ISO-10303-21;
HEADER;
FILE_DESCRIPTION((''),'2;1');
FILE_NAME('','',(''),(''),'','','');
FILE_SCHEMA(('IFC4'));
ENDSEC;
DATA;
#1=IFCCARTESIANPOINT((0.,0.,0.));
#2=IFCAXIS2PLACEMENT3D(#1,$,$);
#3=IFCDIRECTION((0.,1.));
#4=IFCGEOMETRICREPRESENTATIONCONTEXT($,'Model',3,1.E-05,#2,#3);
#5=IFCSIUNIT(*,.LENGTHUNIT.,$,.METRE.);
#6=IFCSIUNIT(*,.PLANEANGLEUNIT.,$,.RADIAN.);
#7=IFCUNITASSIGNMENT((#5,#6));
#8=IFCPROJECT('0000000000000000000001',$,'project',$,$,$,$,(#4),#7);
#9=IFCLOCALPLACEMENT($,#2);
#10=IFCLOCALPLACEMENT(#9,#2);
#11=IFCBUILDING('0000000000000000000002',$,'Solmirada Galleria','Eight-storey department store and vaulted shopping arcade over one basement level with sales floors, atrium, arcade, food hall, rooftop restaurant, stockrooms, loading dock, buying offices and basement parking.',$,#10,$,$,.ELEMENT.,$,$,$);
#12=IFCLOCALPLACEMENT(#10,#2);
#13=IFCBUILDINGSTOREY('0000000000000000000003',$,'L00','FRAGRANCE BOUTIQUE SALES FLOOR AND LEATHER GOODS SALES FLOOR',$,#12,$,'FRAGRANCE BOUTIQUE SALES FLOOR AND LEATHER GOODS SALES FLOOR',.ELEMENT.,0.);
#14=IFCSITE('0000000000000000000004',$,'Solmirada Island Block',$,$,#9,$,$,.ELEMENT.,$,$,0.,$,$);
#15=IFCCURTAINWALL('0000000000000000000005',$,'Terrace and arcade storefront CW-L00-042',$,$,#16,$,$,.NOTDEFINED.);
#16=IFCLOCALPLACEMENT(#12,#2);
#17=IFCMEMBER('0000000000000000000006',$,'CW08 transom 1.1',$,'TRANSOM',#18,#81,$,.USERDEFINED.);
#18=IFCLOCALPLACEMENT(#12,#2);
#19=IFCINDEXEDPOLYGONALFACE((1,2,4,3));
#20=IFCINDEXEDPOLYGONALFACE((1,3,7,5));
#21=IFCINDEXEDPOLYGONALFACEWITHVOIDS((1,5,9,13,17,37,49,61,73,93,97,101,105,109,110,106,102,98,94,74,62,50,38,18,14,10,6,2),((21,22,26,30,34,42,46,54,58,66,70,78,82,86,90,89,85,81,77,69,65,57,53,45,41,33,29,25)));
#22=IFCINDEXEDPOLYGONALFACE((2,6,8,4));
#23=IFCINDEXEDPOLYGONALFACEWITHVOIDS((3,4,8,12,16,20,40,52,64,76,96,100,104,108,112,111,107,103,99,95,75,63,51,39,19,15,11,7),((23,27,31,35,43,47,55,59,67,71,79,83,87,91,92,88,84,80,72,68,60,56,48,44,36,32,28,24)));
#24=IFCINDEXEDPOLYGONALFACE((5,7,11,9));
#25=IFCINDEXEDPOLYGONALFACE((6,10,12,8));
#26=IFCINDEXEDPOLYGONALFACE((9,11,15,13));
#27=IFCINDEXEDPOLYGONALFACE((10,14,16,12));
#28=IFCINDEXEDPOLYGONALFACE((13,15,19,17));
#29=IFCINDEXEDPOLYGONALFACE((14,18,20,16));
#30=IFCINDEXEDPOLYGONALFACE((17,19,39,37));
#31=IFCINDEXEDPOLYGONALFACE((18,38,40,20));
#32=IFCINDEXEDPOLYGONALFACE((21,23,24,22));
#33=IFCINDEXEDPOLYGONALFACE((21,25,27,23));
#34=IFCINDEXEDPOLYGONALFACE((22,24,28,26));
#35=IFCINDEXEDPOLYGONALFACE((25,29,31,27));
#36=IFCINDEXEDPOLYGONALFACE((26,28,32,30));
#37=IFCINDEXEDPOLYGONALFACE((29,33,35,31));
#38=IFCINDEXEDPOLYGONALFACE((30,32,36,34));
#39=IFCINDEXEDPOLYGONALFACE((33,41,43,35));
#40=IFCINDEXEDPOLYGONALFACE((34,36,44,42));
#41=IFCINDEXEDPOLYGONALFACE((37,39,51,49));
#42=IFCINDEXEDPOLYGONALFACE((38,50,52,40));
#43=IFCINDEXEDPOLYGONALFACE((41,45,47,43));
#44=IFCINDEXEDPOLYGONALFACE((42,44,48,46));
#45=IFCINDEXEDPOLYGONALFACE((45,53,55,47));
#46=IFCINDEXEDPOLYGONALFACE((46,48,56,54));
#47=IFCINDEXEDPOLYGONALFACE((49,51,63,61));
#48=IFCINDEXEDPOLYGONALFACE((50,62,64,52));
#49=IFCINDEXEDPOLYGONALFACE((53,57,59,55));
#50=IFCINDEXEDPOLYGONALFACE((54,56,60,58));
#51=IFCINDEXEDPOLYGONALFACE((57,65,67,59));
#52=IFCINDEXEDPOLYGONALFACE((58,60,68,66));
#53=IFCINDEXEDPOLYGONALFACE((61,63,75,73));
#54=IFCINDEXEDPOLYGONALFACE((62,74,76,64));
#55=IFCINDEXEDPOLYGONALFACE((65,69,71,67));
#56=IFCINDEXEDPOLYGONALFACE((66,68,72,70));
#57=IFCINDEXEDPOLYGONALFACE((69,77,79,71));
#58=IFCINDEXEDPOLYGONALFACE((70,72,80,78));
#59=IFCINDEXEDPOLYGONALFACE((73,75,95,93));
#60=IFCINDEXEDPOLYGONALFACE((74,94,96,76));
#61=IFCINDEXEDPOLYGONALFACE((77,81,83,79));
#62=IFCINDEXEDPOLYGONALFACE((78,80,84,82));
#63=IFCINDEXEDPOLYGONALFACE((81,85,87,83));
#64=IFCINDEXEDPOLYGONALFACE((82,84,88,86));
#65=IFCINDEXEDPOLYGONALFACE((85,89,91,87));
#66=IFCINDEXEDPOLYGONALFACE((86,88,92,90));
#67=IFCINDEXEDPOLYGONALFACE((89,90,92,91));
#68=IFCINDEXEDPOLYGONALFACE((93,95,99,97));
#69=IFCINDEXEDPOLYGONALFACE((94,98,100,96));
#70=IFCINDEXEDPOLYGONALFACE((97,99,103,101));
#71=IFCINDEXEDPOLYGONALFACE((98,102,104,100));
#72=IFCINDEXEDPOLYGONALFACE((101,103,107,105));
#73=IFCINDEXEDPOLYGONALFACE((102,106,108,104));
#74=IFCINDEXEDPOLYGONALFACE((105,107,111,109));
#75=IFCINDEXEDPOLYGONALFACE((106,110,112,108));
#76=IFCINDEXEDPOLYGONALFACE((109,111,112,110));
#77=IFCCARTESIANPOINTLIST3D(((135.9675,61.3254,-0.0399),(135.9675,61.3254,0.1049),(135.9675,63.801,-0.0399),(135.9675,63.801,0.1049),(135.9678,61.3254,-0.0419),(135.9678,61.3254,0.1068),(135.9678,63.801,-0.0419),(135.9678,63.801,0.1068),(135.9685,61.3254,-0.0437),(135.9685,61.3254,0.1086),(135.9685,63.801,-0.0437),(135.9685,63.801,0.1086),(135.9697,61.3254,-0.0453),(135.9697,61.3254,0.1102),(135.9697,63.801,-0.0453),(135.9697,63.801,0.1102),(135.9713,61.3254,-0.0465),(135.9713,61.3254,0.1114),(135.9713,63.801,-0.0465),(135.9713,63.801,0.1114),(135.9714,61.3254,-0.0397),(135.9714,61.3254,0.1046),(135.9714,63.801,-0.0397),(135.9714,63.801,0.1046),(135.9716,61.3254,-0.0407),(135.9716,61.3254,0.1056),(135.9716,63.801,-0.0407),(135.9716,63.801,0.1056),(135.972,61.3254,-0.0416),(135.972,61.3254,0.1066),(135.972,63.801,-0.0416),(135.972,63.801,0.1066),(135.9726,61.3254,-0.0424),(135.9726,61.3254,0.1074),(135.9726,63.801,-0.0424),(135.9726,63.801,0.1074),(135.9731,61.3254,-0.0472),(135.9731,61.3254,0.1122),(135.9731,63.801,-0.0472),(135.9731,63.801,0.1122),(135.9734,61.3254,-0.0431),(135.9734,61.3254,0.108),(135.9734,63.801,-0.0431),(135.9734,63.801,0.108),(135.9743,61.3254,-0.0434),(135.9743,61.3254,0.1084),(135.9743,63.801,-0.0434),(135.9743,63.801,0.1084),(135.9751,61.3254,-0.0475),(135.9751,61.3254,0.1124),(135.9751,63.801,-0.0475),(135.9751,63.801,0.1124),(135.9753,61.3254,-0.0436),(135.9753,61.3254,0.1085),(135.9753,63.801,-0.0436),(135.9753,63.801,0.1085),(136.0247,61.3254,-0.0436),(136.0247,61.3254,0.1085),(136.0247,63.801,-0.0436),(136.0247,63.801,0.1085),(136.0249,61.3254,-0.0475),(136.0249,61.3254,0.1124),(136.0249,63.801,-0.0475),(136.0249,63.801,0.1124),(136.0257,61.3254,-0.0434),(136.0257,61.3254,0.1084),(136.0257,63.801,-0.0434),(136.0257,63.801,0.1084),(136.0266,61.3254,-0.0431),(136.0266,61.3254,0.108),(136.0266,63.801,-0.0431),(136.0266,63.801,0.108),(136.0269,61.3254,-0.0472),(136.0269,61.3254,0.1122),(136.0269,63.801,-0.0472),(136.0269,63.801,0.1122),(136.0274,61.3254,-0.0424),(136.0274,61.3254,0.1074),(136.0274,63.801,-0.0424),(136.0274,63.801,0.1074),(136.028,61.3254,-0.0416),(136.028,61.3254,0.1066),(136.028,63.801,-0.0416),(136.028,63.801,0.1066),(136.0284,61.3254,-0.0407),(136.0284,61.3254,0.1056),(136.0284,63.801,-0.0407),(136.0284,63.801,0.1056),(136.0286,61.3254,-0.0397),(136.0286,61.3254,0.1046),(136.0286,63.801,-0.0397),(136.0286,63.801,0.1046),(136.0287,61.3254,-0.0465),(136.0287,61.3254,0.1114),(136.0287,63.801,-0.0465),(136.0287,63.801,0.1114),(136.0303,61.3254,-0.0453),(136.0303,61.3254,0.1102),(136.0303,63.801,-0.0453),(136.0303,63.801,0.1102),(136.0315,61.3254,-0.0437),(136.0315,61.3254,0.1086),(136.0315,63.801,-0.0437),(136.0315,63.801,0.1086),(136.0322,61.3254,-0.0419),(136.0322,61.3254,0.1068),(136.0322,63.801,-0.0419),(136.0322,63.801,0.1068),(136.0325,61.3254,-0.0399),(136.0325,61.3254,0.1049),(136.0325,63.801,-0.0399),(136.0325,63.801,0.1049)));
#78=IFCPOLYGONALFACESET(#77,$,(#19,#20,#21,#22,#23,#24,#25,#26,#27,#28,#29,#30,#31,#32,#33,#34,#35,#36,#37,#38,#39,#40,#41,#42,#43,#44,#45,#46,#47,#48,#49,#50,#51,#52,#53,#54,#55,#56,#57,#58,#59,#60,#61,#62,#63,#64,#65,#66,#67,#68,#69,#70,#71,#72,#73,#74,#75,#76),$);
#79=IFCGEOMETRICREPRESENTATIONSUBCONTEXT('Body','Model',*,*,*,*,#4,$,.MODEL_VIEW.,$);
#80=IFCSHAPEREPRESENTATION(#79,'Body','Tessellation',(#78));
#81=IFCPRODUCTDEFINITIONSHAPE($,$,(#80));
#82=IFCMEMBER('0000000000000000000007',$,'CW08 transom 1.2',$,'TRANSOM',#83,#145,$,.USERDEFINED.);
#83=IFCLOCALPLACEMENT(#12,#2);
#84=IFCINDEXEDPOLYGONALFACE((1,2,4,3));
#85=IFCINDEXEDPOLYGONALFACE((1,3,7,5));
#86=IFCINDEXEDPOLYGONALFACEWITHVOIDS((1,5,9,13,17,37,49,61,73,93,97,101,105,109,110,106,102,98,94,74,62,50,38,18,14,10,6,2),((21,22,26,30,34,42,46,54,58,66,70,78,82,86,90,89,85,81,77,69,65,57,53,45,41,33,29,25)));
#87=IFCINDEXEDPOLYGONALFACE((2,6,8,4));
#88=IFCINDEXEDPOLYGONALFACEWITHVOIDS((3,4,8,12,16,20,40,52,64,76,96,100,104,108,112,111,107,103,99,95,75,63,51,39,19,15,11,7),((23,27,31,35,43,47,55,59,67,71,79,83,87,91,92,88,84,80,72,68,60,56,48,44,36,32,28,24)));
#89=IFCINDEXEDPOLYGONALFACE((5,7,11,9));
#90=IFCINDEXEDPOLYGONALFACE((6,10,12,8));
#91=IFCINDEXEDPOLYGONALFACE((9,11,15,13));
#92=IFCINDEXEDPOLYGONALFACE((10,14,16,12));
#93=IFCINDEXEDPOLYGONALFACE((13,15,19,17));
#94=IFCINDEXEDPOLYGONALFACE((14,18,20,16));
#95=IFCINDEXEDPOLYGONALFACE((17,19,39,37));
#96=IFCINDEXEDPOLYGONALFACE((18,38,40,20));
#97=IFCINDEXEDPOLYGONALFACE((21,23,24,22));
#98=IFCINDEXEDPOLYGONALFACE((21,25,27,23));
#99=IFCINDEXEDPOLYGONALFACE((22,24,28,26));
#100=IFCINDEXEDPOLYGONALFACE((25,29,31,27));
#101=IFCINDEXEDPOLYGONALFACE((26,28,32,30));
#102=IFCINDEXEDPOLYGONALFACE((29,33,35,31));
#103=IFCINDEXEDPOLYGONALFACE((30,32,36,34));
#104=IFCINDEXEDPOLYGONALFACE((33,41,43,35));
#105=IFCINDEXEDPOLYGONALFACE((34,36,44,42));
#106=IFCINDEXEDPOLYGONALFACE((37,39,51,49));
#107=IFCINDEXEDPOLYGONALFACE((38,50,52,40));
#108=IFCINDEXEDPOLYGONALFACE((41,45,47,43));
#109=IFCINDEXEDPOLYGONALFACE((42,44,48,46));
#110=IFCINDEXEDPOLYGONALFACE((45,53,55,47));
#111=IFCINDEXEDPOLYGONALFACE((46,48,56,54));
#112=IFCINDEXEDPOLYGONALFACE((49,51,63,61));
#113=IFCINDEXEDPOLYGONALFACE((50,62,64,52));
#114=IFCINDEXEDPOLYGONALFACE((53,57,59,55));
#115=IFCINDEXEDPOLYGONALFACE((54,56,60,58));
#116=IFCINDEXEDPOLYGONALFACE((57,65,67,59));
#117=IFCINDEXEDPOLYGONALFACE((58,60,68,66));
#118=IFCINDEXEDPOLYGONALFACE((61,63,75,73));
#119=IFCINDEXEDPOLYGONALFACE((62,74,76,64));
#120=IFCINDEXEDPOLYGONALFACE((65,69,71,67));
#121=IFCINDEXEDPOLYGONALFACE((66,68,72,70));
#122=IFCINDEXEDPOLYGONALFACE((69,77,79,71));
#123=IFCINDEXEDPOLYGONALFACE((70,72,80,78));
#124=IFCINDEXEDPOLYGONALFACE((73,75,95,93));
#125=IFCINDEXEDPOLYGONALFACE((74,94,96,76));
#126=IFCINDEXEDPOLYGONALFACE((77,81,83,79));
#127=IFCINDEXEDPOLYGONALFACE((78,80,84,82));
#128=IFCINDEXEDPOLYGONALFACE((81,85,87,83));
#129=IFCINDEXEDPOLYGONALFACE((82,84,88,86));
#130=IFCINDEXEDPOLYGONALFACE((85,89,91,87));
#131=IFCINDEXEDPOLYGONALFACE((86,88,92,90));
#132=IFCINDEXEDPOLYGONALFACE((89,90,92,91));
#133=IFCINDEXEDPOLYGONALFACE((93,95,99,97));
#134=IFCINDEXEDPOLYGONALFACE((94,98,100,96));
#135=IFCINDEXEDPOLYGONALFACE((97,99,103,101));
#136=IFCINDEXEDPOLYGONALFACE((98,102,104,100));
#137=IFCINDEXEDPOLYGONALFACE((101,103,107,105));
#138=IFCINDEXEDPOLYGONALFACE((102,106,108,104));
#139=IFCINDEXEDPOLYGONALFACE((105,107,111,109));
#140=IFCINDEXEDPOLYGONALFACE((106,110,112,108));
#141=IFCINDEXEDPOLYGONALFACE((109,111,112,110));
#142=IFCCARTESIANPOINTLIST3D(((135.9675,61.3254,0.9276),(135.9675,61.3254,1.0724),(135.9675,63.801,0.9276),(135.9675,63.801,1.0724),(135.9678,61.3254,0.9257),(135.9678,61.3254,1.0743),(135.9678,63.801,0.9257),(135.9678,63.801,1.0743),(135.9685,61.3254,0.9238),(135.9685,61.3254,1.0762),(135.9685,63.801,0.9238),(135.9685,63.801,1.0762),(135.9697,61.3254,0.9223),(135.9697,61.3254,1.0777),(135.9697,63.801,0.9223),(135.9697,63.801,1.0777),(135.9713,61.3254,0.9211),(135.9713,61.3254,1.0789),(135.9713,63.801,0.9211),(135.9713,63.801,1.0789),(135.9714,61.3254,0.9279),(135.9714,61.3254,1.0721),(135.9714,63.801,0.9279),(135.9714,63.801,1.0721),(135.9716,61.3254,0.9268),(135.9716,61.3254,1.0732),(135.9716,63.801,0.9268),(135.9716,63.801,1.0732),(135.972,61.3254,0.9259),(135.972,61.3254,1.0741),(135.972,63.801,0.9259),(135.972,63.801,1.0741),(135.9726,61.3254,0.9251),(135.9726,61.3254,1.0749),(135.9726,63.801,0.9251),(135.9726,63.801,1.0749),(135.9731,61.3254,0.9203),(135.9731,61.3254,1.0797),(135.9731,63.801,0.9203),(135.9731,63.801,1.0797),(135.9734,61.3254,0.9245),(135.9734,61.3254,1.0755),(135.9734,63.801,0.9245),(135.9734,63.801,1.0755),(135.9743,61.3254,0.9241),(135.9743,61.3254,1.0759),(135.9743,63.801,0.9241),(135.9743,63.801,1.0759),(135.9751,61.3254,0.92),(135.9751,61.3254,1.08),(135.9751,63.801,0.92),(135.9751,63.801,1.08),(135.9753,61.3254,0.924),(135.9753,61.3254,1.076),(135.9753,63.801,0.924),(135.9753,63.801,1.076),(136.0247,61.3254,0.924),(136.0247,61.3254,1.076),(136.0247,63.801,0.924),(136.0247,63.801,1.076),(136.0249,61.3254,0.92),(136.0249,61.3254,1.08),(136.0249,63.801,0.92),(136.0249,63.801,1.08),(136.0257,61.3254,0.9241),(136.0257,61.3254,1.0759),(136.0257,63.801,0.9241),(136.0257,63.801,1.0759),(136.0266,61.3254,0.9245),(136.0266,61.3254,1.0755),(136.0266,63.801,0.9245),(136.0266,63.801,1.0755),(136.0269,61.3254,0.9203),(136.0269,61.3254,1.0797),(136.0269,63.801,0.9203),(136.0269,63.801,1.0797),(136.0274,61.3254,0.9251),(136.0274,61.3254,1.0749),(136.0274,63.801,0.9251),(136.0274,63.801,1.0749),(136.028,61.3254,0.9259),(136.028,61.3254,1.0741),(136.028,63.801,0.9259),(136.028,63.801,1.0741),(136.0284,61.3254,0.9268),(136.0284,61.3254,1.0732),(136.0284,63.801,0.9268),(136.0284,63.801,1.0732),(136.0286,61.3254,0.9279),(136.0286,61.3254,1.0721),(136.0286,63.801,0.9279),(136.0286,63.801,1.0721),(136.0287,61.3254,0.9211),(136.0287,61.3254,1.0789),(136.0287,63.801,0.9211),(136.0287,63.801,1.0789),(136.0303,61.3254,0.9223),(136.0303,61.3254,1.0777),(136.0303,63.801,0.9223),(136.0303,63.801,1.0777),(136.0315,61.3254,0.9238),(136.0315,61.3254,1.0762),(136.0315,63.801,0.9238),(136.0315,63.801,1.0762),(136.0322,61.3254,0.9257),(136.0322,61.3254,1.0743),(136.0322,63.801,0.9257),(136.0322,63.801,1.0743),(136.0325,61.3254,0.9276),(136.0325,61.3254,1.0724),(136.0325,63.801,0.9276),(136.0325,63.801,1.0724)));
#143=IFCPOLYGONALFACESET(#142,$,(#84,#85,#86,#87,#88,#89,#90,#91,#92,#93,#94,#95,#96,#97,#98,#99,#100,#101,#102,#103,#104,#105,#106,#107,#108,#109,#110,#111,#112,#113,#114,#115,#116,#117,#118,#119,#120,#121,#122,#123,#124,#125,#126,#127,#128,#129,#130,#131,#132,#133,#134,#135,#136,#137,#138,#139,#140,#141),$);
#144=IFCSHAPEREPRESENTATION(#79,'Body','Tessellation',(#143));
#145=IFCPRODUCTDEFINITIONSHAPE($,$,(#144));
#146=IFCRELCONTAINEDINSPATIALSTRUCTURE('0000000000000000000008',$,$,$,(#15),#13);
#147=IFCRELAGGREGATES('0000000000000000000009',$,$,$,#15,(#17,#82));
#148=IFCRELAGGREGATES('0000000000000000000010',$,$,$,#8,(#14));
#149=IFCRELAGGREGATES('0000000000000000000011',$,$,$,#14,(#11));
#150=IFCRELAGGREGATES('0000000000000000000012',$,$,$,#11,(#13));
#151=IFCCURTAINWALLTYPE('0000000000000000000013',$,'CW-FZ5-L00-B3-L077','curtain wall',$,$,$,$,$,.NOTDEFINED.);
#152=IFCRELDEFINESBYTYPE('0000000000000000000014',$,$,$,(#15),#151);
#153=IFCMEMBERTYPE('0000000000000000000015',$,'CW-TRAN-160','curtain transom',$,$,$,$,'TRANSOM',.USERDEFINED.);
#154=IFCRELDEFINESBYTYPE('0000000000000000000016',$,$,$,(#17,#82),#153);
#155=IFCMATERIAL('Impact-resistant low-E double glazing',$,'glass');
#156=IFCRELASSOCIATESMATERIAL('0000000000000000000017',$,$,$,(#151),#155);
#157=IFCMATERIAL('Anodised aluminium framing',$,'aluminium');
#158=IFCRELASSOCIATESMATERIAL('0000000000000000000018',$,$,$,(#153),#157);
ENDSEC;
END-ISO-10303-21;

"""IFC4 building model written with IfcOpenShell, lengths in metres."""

from ifc_helpers import new_model, si_unit, direction, frame, origin, origin_2d, place, context, subcontext, project, spatial, hollow_rectangle, extrude, material, material_profile, profile_set, type_object, element, aggregate, save


model = new_model("IFC4")

# Units and contexts
model_context = context("Model", 3, precision=1e-05, world=origin(), true_north=direction((0.0, 1.0)))
body_context = subcontext(model_context, "Body", "Model", "MODEL_VIEW")
ifc_project = project(units=[si_unit("LENGTHUNIT", "METRE"), si_unit("PLANEANGLEUNIT", "RADIAN")], contexts=[model_context])

# Site, building, storey
site_placement = place(None, origin())
site = spatial("IfcSite", under=ifc_project, at=site_placement, Name="Solmirada Island Block", CompositionType="ELEMENT", RefElevation=0.0)
building_placement = place(site_placement, origin())
building = spatial("IfcBuilding", under=site, at=building_placement, Name="Solmirada Galleria", Description="Eight-storey department store and vaulted shopping arcade over one basement level with sales floors, atrium, arcade, food hall, rooftop restaurant, stockrooms, loading dock, buying offices and basement parking.", CompositionType="ELEMENT")
storey_placement = place(building_placement, origin())
storey = spatial("IfcBuildingStorey", under=building, at=storey_placement, Name="L00", Description="FRAGRANCE BOUTIQUE SALES FLOOR AND LEATHER GOODS SALES FLOOR", LongName="FRAGRANCE BOUTIQUE SALES FLOOR AND LEATHER GOODS SALES FLOOR", CompositionType="ELEMENT", Elevation=0.0)

# Curtain wall, members
ifc_material_1 = material(Name="Impact-resistant low-E double glazing", Category="glass")
curtain_wall_type = type_object("IfcCurtainWallType", Name="CW-FZ5-L00-B3-L077", Description="curtain wall", PredefinedType="NOTDEFINED", material=ifc_material_1)
curtain_wall_1_placement = place(storey_placement, origin())
curtain_wall_1 = element("IfcCurtainWall", 1, at=curtain_wall_1_placement, inside=storey, type_object=curtain_wall_type, Name="Terrace and arcade storefront CW-L00-042", PredefinedType="NOTDEFINED")
ifc_material_2 = material(Name="Anodised aluminium framing", Category="aluminium")
ifc_material_profile_1 = material_profile(ifc_material_2, hollow_rectangle(XDim=0.0649, YDim=0.1599, WallThickness=0.0039, InnerFilletRadius=0.0039, OuterFilletRadius=0.0076, at=origin_2d()), Name="ALU-TRAN-160X65")
ifc_profile_set_1 = profile_set([ifc_material_profile_1], Name="Anodised aluminium framing")
member_type_1 = type_object("IfcMemberType", Name="CW-TRAN-160", Description="curtain transom", ElementType="TRANSOM", PredefinedType="USERDEFINED", material=ifc_profile_set_1)
member_1_placement = place(storey_placement, frame((136.0, 63.801, 0.0325), z_axis=(0.0, -1.0, 0.0), x_axis=(1.0, 0.0, 0.0)))
member_1 = element("IfcMember", 2, at=member_1_placement, type_object=member_type_1, Name="CW08 transom 1.1", ObjectType="TRANSOM", PredefinedType="USERDEFINED", context=body_context, shape_type="SweptSolid", body=[
    extrude(hollow_rectangle(XDim=0.0649, YDim=0.1599, WallThickness=0.0039, InnerFilletRadius=0.0039, OuterFilletRadius=0.0076, at=origin_2d()), origin(), (0.0, 0.0, 1.0), 2.4756),
])
member_2_placement = place(storey_placement, frame((136.0, 63.801, 1.0), z_axis=(0.0, -1.0, 0.0), x_axis=(1.0, 0.0, 0.0)))
member_2 = element("IfcMember", 3, at=member_2_placement, type_object=member_type_1, Name="CW08 transom 1.2", ObjectType="TRANSOM", PredefinedType="USERDEFINED", context=body_context, shape_type="SweptSolid", body=[
    extrude(hollow_rectangle(XDim=0.0649, YDim=0.1599, WallThickness=0.0039, InnerFilletRadius=0.0039, OuterFilletRadius=0.0076, at=origin_2d()), origin(), (0.0, 0.0, 1.0), 2.4756),
])

aggregate(curtain_wall_1, [member_1, member_2])

save(model, "model.ifc")
